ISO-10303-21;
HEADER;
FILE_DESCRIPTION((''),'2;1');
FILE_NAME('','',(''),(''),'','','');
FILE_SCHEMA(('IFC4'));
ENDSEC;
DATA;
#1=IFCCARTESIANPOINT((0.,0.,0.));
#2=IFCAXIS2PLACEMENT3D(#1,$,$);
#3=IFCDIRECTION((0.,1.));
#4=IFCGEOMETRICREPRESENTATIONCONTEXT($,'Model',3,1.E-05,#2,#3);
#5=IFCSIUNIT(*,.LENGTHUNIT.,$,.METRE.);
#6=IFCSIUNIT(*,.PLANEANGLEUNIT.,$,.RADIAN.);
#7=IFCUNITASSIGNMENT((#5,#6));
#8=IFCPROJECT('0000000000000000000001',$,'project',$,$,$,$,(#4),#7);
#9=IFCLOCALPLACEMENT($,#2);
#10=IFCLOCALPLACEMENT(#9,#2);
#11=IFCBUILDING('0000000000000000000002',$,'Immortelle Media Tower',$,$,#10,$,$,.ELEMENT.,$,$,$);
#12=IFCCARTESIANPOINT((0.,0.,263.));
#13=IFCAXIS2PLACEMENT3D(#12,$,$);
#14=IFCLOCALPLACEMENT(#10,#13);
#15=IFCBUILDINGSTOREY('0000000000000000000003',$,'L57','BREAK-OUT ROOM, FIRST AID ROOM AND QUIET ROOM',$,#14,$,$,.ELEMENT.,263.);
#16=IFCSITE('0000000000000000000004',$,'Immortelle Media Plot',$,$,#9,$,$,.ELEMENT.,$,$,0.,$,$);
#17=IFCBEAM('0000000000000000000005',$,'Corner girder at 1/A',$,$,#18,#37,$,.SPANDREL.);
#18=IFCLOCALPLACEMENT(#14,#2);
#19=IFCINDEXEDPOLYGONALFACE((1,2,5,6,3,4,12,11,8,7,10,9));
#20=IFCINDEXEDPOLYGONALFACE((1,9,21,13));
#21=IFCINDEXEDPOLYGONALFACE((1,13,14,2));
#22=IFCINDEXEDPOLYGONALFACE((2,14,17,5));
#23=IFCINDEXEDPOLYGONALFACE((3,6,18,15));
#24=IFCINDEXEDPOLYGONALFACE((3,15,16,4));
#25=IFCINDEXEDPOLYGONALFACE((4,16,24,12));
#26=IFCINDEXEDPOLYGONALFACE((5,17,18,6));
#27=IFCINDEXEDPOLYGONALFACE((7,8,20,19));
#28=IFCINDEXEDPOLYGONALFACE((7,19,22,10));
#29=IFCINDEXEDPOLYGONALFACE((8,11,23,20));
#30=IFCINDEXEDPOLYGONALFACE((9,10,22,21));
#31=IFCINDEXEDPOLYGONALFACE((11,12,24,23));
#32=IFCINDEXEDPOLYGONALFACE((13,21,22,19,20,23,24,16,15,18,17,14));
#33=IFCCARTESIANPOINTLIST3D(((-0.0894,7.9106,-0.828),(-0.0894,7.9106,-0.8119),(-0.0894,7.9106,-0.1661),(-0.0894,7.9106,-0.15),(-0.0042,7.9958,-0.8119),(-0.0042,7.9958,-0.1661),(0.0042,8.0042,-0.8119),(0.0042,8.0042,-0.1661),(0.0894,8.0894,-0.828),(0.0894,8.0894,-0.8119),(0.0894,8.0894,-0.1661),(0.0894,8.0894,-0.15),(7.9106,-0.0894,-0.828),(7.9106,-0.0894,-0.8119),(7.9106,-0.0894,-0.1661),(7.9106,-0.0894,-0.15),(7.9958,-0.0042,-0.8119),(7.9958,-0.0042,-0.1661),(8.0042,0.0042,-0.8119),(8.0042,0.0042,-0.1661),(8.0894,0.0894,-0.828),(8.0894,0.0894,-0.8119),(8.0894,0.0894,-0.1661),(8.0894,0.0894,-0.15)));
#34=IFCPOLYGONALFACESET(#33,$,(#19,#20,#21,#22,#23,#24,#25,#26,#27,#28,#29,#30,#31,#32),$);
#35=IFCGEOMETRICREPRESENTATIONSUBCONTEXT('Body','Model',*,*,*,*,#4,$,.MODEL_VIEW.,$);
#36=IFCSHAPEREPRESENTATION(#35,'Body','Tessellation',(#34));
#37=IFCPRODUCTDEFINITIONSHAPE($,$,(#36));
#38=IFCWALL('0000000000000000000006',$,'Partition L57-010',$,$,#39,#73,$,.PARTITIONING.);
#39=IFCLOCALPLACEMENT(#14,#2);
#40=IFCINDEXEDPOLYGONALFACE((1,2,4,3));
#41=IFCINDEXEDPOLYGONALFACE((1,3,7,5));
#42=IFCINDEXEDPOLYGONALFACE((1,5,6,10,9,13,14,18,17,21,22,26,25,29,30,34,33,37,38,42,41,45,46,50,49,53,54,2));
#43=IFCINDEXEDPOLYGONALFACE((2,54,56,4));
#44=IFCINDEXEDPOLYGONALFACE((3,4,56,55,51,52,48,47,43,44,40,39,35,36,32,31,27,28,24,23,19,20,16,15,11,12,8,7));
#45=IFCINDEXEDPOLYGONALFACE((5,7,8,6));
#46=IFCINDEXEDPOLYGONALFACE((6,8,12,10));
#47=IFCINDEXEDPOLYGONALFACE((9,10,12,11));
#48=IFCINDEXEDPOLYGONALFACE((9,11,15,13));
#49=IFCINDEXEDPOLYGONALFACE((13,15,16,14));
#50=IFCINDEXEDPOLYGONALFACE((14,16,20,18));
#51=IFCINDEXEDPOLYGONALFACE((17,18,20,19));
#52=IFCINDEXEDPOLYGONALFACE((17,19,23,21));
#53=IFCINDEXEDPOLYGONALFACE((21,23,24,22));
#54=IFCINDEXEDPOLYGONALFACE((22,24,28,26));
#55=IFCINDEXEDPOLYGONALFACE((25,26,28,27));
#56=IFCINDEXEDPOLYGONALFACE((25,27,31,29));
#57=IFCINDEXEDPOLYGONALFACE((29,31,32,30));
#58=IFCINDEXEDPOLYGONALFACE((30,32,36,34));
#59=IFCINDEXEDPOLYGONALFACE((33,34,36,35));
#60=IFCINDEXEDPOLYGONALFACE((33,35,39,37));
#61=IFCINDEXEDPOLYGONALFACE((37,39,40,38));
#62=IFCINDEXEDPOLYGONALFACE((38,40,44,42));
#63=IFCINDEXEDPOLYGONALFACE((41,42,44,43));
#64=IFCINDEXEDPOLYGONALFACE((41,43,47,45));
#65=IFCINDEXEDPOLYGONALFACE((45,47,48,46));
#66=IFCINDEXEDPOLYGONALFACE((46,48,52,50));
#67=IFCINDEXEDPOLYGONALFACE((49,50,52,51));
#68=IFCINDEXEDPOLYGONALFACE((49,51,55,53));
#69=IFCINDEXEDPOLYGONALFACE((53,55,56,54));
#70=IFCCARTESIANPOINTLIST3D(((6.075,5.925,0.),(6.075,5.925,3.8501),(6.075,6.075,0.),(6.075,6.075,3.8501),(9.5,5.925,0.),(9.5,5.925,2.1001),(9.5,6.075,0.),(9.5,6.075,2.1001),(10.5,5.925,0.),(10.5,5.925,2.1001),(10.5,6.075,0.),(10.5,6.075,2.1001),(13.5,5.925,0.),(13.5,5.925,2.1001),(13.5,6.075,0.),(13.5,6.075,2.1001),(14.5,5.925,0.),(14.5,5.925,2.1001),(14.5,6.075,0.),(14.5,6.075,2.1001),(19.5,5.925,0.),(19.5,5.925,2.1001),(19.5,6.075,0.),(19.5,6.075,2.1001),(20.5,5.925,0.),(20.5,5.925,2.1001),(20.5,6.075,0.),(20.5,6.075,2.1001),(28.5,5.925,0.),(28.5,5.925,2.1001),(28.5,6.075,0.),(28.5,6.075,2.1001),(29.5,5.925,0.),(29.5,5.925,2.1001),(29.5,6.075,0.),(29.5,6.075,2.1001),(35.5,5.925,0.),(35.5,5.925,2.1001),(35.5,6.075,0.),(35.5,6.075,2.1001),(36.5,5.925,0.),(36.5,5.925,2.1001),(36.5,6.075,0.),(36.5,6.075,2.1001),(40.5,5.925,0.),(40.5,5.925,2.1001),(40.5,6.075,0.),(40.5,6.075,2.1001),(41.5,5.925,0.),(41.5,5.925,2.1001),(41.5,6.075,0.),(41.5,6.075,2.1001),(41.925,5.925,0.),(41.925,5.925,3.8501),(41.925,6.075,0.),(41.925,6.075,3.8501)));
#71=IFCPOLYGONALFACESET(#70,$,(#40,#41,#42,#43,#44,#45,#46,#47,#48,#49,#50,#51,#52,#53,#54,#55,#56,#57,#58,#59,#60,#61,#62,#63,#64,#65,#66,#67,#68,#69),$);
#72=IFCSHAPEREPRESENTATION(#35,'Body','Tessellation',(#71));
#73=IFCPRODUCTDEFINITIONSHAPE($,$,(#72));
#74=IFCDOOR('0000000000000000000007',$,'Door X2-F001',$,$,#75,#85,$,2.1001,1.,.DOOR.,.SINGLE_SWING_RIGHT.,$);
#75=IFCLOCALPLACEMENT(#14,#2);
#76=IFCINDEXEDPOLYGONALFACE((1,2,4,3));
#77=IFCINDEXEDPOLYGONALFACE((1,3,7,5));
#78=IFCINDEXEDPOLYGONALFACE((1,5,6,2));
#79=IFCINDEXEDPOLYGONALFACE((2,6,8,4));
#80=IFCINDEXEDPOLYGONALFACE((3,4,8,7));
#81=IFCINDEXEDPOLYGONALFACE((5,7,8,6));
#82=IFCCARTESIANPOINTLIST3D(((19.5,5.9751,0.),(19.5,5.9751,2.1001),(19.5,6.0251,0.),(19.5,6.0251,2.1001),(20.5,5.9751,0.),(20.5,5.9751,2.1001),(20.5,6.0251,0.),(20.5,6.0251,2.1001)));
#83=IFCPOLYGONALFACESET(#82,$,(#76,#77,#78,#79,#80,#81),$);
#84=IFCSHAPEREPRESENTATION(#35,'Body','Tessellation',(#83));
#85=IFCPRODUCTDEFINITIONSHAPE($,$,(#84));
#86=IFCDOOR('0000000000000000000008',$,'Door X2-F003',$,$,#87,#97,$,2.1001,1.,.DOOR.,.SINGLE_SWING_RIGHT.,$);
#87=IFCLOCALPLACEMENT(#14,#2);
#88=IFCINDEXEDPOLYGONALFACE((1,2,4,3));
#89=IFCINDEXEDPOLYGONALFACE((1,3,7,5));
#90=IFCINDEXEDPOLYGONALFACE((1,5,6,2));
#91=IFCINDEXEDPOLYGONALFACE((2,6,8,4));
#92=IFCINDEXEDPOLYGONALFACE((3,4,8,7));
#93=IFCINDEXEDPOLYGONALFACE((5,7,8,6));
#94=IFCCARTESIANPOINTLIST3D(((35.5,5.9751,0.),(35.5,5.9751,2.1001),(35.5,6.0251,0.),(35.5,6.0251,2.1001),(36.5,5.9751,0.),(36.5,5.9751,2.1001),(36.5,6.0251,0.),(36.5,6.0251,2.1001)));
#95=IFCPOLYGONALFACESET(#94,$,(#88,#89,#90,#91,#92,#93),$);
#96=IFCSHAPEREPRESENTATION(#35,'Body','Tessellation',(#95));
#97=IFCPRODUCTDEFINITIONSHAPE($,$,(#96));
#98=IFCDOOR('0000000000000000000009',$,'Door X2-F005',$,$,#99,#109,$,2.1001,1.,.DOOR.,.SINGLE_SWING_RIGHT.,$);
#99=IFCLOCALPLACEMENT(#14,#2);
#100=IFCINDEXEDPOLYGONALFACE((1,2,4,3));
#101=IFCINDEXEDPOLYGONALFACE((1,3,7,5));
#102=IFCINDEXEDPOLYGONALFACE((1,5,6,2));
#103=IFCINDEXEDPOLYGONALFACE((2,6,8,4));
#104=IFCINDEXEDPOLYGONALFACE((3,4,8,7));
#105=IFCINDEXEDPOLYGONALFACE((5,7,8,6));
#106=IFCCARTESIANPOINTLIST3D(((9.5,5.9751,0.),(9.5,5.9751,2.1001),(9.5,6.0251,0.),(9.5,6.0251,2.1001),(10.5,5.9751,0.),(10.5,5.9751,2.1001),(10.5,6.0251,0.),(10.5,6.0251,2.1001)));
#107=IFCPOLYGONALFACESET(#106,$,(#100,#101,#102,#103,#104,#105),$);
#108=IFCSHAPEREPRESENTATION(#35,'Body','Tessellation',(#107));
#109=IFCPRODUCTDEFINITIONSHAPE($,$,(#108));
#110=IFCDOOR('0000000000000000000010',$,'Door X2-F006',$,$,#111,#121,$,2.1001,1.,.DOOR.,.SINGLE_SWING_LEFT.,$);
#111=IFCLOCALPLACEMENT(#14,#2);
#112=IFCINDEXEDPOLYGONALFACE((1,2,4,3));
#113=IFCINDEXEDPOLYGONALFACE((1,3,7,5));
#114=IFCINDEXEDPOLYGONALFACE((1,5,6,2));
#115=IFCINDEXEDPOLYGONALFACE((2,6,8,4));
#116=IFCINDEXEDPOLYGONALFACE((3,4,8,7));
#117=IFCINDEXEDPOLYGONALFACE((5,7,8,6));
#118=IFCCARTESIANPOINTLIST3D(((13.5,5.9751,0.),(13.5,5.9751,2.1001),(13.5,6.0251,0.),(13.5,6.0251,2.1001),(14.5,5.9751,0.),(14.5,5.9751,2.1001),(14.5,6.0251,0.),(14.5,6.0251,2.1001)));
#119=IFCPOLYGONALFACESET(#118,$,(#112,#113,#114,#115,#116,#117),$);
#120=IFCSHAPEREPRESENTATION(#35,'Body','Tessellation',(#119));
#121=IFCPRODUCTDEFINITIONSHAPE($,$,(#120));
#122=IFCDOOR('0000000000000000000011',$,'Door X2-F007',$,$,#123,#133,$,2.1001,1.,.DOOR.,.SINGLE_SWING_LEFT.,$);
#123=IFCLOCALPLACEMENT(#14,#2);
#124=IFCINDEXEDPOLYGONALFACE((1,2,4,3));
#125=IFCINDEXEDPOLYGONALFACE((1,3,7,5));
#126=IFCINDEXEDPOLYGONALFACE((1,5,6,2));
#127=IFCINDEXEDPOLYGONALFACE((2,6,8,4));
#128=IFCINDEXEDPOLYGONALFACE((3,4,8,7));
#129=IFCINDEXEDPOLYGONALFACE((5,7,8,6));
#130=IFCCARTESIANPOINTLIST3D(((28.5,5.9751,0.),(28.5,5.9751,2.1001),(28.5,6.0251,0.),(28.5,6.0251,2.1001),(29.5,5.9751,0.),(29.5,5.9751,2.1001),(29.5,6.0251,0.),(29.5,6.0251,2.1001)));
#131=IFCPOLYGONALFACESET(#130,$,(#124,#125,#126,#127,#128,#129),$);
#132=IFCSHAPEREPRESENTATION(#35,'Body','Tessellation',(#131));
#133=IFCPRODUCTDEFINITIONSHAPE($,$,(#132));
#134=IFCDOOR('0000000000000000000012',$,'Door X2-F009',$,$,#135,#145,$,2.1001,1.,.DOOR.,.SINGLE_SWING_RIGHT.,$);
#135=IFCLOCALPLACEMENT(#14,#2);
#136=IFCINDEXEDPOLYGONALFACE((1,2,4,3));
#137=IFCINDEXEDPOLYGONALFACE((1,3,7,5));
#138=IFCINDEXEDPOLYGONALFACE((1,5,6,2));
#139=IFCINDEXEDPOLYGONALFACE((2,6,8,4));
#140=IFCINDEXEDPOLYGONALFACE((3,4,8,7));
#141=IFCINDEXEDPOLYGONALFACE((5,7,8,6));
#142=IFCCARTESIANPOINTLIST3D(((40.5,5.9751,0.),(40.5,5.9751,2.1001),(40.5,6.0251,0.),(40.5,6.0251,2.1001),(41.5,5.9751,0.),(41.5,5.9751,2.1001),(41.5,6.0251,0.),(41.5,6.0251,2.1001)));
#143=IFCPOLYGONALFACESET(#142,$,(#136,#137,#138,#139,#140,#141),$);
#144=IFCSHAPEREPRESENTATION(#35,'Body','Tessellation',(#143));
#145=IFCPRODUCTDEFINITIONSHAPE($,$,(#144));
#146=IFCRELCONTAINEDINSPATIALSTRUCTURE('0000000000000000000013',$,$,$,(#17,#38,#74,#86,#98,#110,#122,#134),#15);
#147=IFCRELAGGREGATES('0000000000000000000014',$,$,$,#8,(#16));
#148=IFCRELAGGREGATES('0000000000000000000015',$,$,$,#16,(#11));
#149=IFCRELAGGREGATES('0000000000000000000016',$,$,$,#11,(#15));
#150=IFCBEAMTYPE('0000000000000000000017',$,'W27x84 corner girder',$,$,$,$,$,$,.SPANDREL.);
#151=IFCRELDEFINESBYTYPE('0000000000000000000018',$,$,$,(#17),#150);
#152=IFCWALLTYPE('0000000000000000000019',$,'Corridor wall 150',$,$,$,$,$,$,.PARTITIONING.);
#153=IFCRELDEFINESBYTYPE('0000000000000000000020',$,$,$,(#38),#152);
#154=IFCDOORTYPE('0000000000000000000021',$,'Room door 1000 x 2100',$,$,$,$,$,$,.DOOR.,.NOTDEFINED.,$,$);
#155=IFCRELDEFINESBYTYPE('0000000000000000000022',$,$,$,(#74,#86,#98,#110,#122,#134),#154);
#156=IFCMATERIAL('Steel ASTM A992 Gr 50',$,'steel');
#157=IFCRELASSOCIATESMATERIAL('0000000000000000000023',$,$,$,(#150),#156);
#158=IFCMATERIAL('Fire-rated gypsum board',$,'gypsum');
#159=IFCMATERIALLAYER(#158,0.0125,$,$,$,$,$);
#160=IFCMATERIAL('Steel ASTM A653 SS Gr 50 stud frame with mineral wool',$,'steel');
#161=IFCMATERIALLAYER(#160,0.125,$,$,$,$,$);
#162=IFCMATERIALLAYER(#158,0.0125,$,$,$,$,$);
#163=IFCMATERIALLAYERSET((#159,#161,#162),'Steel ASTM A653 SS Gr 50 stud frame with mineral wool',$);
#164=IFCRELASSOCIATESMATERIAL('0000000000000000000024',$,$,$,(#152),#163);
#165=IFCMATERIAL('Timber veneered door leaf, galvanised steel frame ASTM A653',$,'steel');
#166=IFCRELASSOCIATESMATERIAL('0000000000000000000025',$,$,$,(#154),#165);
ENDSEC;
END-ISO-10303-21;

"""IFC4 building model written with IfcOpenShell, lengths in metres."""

from ifc_helpers import new_model, si_unit, direction, frame, frame_2d, origin, origin_2d, place, context, subcontext, project, spatial, rectangle, i_section, extrude, material, layer, layer_set, material_profile, profile_set, type_object, element, fill, save


model = new_model("IFC4")

# Units and contexts
model_context = context("Model", 3, precision=1e-05, world=origin(), true_north=direction((0.0, 1.0)))
body_context = subcontext(model_context, "Body", "Model", "MODEL_VIEW")
ifc_project = project(units=[si_unit("LENGTHUNIT", "METRE"), si_unit("PLANEANGLEUNIT", "RADIAN")], contexts=[model_context])

# Site, building, storey
site_placement = place(None, origin())
site = spatial("IfcSite", under=ifc_project, at=site_placement, Name="Immortelle Media Plot", CompositionType="ELEMENT", RefElevation=0.0)
building_placement = place(site_placement, origin())
building = spatial("IfcBuilding", under=site, at=building_placement, Name="Immortelle Media Tower", CompositionType="ELEMENT")
storey_placement = place(building_placement, frame((0.0, 0.0, 263.0)))
storey = spatial("IfcBuildingStorey", under=building, at=storey_placement, Name="L57", Description="BREAK-OUT ROOM, FIRST AID ROOM AND QUIET ROOM", CompositionType="ELEMENT", Elevation=263.0)

# Shared definitions
ifc_material_1 = material(Name="Steel ASTM A992 Gr 50", Category="steel")

# Beam
ifc_material_profile_1 = material_profile(ifc_material_1, i_section(OverallWidth=0.2529, OverallDepth=0.678, WebThickness=0.012, FlangeThickness=0.0161, at=origin_2d()), Name="W27x84")
ifc_profile_set_1 = profile_set([ifc_material_profile_1], Name="Steel ASTM A992 Gr 50")
beam_type_1 = type_object("IfcBeamType", Name="W27x84 corner girder", PredefinedType="SPANDREL", material=ifc_profile_set_1)
beam_1_placement = place(storey_placement, frame((8.0, 0.0, -0.489), z_axis=(-0.707107, 0.707107, 0.0), x_axis=(-0.707107, -0.707107, 0.0)))
element("IfcBeam", 1, at=beam_1_placement, inside=storey, type_object=beam_type_1, Name="Corner girder at 1/A", PredefinedType="SPANDREL", context=body_context, shape_type="SweptSolid", body=[
    extrude(i_section(OverallWidth=0.2529, OverallDepth=0.678, WebThickness=0.012, FlangeThickness=0.0161, at=origin_2d()), origin(), (0.0, 0.0, 1.0), 11.3137),
])

# Wall, openings, doors
ifc_material_2 = material(Name="Fire-rated gypsum board", Category="gypsum")
ifc_layer_1 = layer(ifc_material_2, 0.0125)
ifc_material_3 = material(Name="Steel ASTM A653 SS Gr 50 stud frame with mineral wool", Category="steel")
ifc_layer_2 = layer(ifc_material_3, 0.125)
ifc_layer_3 = layer(ifc_material_2, 0.0125)
ifc_layer_set_1 = layer_set([ifc_layer_1, ifc_layer_2, ifc_layer_3], Name="Steel ASTM A653 SS Gr 50 stud frame with mineral wool")
wall_type_1 = type_object("IfcWallType", Name="Corridor wall 150", PredefinedType="PARTITIONING", material=ifc_layer_set_1)
wall_1_placement = place(storey_placement, frame((6.075, 6.0, 0.0), z_axis=(0.0, 0.0, 1.0), x_axis=(1.0, 0.0, 0.0)))
wall_1 = element("IfcWall", 2, at=wall_1_placement, inside=storey, type_object=wall_type_1, Name="Partition L57-010", PredefinedType="PARTITIONING", context=body_context, shape_type="SweptSolid", body=[
    extrude(rectangle(XDim=35.8501, YDim=0.1499, at=frame_2d((17.925, 0.0))), origin(), (0.0, 0.0, 1.0), 3.8501),
])
opening_1_placement = place(wall_1_placement, frame((14.425, 0.0, 0.0), z_axis=(0.0, 0.0, 1.0), x_axis=(-1.0, 0.0, 0.0)))
opening_1 = element("IfcOpeningElement", 3, at=opening_1_placement, cuts=wall_1, PredefinedType="OPENING", context=body_context, shape_type="SweptSolid", body=[
    extrude(rectangle(XDim=1.0, YDim=2.1001, at=frame_2d((0.5, 1.05))), frame((0.0, 0.085, 0.0), z_axis=(0.0, -1.0, 0.0), x_axis=(1.0, 0.0, 0.0)), (0.0, 0.0, 1.0), 0.1699),
])
opening_2_placement = place(wall_1_placement, frame((30.425, 0.0, 0.0), z_axis=(0.0, 0.0, 1.0), x_axis=(-1.0, 0.0, 0.0)))
opening_2 = element("IfcOpeningElement", 4, at=opening_2_placement, cuts=wall_1, PredefinedType="OPENING", context=body_context, shape_type="SweptSolid", body=[
    extrude(rectangle(XDim=1.0, YDim=2.1001, at=frame_2d((0.5, 1.05))), frame((0.0, 0.085, 0.0), z_axis=(0.0, -1.0, 0.0), x_axis=(1.0, 0.0, 0.0)), (0.0, 0.0, 1.0), 0.1699),
])
opening_3_placement = place(wall_1_placement, frame((4.425, 0.0, 0.0), z_axis=(0.0, 0.0, 1.0), x_axis=(-1.0, 0.0, 0.0)))
opening_3 = element("IfcOpeningElement", 5, at=opening_3_placement, cuts=wall_1, PredefinedType="OPENING", context=body_context, shape_type="SweptSolid", body=[
    extrude(rectangle(XDim=1.0, YDim=2.1001, at=frame_2d((0.5, 1.05))), frame((0.0, 0.085, 0.0), z_axis=(0.0, -1.0, 0.0), x_axis=(1.0, 0.0, 0.0)), (0.0, 0.0, 1.0), 0.1699),
])
opening_4_placement = place(wall_1_placement, frame((8.425, 0.0, 0.0), z_axis=(0.0, 0.0, 1.0), x_axis=(-1.0, 0.0, 0.0)))
opening_4 = element("IfcOpeningElement", 6, at=opening_4_placement, cuts=wall_1, PredefinedType="OPENING", context=body_context, shape_type="SweptSolid", body=[
    extrude(rectangle(XDim=1.0, YDim=2.1001, at=frame_2d((0.5, 1.05))), frame((0.0, 0.085, 0.0), z_axis=(0.0, -1.0, 0.0), x_axis=(1.0, 0.0, 0.0)), (0.0, 0.0, 1.0), 0.1699),
])
opening_5_placement = place(wall_1_placement, frame((23.425, 0.0, 0.0), z_axis=(0.0, 0.0, 1.0), x_axis=(-1.0, 0.0, 0.0)))
opening_5 = element("IfcOpeningElement", 7, at=opening_5_placement, cuts=wall_1, PredefinedType="OPENING", context=body_context, shape_type="SweptSolid", body=[
    extrude(rectangle(XDim=1.0, YDim=2.1001, at=frame_2d((0.5, 1.05))), frame((0.0, 0.085, 0.0), z_axis=(0.0, -1.0, 0.0), x_axis=(1.0, 0.0, 0.0)), (0.0, 0.0, 1.0), 0.1699),
])
opening_6_placement = place(wall_1_placement, frame((35.425, 0.0, 0.0), z_axis=(0.0, 0.0, 1.0), x_axis=(-1.0, 0.0, 0.0)))
opening_6 = element("IfcOpeningElement", 8, at=opening_6_placement, cuts=wall_1, PredefinedType="OPENING", context=body_context, shape_type="SweptSolid", body=[
    extrude(rectangle(XDim=1.0, YDim=2.1001, at=frame_2d((0.5, 1.05))), frame((0.0, 0.085, 0.0), z_axis=(0.0, -1.0, 0.0), x_axis=(1.0, 0.0, 0.0)), (0.0, 0.0, 1.0), 0.1699),
])
ifc_material_4 = material(Name="Timber veneered door leaf, galvanised steel frame ASTM A653", Category="steel")
door_type = type_object("IfcDoorType", Name="Room door 1000 x 2100", OperationType="NOTDEFINED", PredefinedType="DOOR", material=ifc_material_4)
door_1_placement = place(opening_1_placement, origin())
door_1 = element("IfcDoor", 9, at=door_1_placement, inside=storey, type_object=door_type, Name="Door X2-F001", OperationType="SINGLE_SWING_RIGHT", OverallHeight=2.1001, OverallWidth=1.0, PredefinedType="DOOR", context=body_context, shape_type="SweptSolid", body=[
    extrude(rectangle(XDim=1.0, YDim=2.1001, at=frame_2d((0.5, 1.05))), frame((0.0, 0.0249, 0.0), z_axis=(0.0, -1.0, 0.0), x_axis=(1.0, 0.0, 0.0)), (0.0, 0.0, 1.0), 0.05),
])
fill(opening_1, door_1)
door_2_placement = place(opening_2_placement, origin())
door_2 = element("IfcDoor", 10, at=door_2_placement, inside=storey, type_object=door_type, Name="Door X2-F003", OperationType="SINGLE_SWING_RIGHT", OverallHeight=2.1001, OverallWidth=1.0, PredefinedType="DOOR", context=body_context, shape_type="SweptSolid", body=[
    extrude(rectangle(XDim=1.0, YDim=2.1001, at=frame_2d((0.5, 1.05))), frame((0.0, 0.0249, 0.0), z_axis=(0.0, -1.0, 0.0), x_axis=(1.0, 0.0, 0.0)), (0.0, 0.0, 1.0), 0.05),
])
fill(opening_2, door_2)
door_3_placement = place(opening_3_placement, origin())
door_3 = element("IfcDoor", 11, at=door_3_placement, inside=storey, type_object=door_type, Name="Door X2-F005", OperationType="SINGLE_SWING_RIGHT", OverallHeight=2.1001, OverallWidth=1.0, PredefinedType="DOOR", context=body_context, shape_type="SweptSolid", body=[
    extrude(rectangle(XDim=1.0, YDim=2.1001, at=frame_2d((0.5, 1.05))), frame((0.0, 0.0249, 0.0), z_axis=(0.0, -1.0, 0.0), x_axis=(1.0, 0.0, 0.0)), (0.0, 0.0, 1.0), 0.05),
])
fill(opening_3, door_3)
door_4_placement = place(opening_4_placement, origin())
door_4 = element("IfcDoor", 12, at=door_4_placement, inside=storey, type_object=door_type, Name="Door X2-F006", OperationType="SINGLE_SWING_LEFT", OverallHeight=2.1001, OverallWidth=1.0, PredefinedType="DOOR", context=body_context, shape_type="SweptSolid", body=[
    extrude(rectangle(XDim=1.0, YDim=2.1001, at=frame_2d((0.5, 1.05))), frame((0.0, 0.0249, 0.0), z_axis=(0.0, -1.0, 0.0), x_axis=(1.0, 0.0, 0.0)), (0.0, 0.0, 1.0), 0.05),
])
fill(opening_4, door_4)
door_5_placement = place(opening_5_placement, origin())
door_5 = element("IfcDoor", 13, at=door_5_placement, inside=storey, type_object=door_type, Name="Door X2-F007", OperationType="SINGLE_SWING_LEFT", OverallHeight=2.1001, OverallWidth=1.0, PredefinedType="DOOR", context=body_context, shape_type="SweptSolid", body=[
    extrude(rectangle(XDim=1.0, YDim=2.1001, at=frame_2d((0.5, 1.05))), frame((0.0, 0.0249, 0.0), z_axis=(0.0, -1.0, 0.0), x_axis=(1.0, 0.0, 0.0)), (0.0, 0.0, 1.0), 0.05),
])
fill(opening_5, door_5)
door_6_placement = place(opening_6_placement, origin())
door_6 = element("IfcDoor", 14, at=door_6_placement, inside=storey, type_object=door_type, Name="Door X2-F009", OperationType="SINGLE_SWING_RIGHT", OverallHeight=2.1001, OverallWidth=1.0, PredefinedType="DOOR", context=body_context, shape_type="SweptSolid", body=[
    extrude(rectangle(XDim=1.0, YDim=2.1001, at=frame_2d((0.5, 1.05))), frame((0.0, 0.0249, 0.0), z_axis=(0.0, -1.0, 0.0), x_axis=(1.0, 0.0, 0.0)), (0.0, 0.0, 1.0), 0.05),
])
fill(opening_6, door_6)

save(model, "model.ifc")
